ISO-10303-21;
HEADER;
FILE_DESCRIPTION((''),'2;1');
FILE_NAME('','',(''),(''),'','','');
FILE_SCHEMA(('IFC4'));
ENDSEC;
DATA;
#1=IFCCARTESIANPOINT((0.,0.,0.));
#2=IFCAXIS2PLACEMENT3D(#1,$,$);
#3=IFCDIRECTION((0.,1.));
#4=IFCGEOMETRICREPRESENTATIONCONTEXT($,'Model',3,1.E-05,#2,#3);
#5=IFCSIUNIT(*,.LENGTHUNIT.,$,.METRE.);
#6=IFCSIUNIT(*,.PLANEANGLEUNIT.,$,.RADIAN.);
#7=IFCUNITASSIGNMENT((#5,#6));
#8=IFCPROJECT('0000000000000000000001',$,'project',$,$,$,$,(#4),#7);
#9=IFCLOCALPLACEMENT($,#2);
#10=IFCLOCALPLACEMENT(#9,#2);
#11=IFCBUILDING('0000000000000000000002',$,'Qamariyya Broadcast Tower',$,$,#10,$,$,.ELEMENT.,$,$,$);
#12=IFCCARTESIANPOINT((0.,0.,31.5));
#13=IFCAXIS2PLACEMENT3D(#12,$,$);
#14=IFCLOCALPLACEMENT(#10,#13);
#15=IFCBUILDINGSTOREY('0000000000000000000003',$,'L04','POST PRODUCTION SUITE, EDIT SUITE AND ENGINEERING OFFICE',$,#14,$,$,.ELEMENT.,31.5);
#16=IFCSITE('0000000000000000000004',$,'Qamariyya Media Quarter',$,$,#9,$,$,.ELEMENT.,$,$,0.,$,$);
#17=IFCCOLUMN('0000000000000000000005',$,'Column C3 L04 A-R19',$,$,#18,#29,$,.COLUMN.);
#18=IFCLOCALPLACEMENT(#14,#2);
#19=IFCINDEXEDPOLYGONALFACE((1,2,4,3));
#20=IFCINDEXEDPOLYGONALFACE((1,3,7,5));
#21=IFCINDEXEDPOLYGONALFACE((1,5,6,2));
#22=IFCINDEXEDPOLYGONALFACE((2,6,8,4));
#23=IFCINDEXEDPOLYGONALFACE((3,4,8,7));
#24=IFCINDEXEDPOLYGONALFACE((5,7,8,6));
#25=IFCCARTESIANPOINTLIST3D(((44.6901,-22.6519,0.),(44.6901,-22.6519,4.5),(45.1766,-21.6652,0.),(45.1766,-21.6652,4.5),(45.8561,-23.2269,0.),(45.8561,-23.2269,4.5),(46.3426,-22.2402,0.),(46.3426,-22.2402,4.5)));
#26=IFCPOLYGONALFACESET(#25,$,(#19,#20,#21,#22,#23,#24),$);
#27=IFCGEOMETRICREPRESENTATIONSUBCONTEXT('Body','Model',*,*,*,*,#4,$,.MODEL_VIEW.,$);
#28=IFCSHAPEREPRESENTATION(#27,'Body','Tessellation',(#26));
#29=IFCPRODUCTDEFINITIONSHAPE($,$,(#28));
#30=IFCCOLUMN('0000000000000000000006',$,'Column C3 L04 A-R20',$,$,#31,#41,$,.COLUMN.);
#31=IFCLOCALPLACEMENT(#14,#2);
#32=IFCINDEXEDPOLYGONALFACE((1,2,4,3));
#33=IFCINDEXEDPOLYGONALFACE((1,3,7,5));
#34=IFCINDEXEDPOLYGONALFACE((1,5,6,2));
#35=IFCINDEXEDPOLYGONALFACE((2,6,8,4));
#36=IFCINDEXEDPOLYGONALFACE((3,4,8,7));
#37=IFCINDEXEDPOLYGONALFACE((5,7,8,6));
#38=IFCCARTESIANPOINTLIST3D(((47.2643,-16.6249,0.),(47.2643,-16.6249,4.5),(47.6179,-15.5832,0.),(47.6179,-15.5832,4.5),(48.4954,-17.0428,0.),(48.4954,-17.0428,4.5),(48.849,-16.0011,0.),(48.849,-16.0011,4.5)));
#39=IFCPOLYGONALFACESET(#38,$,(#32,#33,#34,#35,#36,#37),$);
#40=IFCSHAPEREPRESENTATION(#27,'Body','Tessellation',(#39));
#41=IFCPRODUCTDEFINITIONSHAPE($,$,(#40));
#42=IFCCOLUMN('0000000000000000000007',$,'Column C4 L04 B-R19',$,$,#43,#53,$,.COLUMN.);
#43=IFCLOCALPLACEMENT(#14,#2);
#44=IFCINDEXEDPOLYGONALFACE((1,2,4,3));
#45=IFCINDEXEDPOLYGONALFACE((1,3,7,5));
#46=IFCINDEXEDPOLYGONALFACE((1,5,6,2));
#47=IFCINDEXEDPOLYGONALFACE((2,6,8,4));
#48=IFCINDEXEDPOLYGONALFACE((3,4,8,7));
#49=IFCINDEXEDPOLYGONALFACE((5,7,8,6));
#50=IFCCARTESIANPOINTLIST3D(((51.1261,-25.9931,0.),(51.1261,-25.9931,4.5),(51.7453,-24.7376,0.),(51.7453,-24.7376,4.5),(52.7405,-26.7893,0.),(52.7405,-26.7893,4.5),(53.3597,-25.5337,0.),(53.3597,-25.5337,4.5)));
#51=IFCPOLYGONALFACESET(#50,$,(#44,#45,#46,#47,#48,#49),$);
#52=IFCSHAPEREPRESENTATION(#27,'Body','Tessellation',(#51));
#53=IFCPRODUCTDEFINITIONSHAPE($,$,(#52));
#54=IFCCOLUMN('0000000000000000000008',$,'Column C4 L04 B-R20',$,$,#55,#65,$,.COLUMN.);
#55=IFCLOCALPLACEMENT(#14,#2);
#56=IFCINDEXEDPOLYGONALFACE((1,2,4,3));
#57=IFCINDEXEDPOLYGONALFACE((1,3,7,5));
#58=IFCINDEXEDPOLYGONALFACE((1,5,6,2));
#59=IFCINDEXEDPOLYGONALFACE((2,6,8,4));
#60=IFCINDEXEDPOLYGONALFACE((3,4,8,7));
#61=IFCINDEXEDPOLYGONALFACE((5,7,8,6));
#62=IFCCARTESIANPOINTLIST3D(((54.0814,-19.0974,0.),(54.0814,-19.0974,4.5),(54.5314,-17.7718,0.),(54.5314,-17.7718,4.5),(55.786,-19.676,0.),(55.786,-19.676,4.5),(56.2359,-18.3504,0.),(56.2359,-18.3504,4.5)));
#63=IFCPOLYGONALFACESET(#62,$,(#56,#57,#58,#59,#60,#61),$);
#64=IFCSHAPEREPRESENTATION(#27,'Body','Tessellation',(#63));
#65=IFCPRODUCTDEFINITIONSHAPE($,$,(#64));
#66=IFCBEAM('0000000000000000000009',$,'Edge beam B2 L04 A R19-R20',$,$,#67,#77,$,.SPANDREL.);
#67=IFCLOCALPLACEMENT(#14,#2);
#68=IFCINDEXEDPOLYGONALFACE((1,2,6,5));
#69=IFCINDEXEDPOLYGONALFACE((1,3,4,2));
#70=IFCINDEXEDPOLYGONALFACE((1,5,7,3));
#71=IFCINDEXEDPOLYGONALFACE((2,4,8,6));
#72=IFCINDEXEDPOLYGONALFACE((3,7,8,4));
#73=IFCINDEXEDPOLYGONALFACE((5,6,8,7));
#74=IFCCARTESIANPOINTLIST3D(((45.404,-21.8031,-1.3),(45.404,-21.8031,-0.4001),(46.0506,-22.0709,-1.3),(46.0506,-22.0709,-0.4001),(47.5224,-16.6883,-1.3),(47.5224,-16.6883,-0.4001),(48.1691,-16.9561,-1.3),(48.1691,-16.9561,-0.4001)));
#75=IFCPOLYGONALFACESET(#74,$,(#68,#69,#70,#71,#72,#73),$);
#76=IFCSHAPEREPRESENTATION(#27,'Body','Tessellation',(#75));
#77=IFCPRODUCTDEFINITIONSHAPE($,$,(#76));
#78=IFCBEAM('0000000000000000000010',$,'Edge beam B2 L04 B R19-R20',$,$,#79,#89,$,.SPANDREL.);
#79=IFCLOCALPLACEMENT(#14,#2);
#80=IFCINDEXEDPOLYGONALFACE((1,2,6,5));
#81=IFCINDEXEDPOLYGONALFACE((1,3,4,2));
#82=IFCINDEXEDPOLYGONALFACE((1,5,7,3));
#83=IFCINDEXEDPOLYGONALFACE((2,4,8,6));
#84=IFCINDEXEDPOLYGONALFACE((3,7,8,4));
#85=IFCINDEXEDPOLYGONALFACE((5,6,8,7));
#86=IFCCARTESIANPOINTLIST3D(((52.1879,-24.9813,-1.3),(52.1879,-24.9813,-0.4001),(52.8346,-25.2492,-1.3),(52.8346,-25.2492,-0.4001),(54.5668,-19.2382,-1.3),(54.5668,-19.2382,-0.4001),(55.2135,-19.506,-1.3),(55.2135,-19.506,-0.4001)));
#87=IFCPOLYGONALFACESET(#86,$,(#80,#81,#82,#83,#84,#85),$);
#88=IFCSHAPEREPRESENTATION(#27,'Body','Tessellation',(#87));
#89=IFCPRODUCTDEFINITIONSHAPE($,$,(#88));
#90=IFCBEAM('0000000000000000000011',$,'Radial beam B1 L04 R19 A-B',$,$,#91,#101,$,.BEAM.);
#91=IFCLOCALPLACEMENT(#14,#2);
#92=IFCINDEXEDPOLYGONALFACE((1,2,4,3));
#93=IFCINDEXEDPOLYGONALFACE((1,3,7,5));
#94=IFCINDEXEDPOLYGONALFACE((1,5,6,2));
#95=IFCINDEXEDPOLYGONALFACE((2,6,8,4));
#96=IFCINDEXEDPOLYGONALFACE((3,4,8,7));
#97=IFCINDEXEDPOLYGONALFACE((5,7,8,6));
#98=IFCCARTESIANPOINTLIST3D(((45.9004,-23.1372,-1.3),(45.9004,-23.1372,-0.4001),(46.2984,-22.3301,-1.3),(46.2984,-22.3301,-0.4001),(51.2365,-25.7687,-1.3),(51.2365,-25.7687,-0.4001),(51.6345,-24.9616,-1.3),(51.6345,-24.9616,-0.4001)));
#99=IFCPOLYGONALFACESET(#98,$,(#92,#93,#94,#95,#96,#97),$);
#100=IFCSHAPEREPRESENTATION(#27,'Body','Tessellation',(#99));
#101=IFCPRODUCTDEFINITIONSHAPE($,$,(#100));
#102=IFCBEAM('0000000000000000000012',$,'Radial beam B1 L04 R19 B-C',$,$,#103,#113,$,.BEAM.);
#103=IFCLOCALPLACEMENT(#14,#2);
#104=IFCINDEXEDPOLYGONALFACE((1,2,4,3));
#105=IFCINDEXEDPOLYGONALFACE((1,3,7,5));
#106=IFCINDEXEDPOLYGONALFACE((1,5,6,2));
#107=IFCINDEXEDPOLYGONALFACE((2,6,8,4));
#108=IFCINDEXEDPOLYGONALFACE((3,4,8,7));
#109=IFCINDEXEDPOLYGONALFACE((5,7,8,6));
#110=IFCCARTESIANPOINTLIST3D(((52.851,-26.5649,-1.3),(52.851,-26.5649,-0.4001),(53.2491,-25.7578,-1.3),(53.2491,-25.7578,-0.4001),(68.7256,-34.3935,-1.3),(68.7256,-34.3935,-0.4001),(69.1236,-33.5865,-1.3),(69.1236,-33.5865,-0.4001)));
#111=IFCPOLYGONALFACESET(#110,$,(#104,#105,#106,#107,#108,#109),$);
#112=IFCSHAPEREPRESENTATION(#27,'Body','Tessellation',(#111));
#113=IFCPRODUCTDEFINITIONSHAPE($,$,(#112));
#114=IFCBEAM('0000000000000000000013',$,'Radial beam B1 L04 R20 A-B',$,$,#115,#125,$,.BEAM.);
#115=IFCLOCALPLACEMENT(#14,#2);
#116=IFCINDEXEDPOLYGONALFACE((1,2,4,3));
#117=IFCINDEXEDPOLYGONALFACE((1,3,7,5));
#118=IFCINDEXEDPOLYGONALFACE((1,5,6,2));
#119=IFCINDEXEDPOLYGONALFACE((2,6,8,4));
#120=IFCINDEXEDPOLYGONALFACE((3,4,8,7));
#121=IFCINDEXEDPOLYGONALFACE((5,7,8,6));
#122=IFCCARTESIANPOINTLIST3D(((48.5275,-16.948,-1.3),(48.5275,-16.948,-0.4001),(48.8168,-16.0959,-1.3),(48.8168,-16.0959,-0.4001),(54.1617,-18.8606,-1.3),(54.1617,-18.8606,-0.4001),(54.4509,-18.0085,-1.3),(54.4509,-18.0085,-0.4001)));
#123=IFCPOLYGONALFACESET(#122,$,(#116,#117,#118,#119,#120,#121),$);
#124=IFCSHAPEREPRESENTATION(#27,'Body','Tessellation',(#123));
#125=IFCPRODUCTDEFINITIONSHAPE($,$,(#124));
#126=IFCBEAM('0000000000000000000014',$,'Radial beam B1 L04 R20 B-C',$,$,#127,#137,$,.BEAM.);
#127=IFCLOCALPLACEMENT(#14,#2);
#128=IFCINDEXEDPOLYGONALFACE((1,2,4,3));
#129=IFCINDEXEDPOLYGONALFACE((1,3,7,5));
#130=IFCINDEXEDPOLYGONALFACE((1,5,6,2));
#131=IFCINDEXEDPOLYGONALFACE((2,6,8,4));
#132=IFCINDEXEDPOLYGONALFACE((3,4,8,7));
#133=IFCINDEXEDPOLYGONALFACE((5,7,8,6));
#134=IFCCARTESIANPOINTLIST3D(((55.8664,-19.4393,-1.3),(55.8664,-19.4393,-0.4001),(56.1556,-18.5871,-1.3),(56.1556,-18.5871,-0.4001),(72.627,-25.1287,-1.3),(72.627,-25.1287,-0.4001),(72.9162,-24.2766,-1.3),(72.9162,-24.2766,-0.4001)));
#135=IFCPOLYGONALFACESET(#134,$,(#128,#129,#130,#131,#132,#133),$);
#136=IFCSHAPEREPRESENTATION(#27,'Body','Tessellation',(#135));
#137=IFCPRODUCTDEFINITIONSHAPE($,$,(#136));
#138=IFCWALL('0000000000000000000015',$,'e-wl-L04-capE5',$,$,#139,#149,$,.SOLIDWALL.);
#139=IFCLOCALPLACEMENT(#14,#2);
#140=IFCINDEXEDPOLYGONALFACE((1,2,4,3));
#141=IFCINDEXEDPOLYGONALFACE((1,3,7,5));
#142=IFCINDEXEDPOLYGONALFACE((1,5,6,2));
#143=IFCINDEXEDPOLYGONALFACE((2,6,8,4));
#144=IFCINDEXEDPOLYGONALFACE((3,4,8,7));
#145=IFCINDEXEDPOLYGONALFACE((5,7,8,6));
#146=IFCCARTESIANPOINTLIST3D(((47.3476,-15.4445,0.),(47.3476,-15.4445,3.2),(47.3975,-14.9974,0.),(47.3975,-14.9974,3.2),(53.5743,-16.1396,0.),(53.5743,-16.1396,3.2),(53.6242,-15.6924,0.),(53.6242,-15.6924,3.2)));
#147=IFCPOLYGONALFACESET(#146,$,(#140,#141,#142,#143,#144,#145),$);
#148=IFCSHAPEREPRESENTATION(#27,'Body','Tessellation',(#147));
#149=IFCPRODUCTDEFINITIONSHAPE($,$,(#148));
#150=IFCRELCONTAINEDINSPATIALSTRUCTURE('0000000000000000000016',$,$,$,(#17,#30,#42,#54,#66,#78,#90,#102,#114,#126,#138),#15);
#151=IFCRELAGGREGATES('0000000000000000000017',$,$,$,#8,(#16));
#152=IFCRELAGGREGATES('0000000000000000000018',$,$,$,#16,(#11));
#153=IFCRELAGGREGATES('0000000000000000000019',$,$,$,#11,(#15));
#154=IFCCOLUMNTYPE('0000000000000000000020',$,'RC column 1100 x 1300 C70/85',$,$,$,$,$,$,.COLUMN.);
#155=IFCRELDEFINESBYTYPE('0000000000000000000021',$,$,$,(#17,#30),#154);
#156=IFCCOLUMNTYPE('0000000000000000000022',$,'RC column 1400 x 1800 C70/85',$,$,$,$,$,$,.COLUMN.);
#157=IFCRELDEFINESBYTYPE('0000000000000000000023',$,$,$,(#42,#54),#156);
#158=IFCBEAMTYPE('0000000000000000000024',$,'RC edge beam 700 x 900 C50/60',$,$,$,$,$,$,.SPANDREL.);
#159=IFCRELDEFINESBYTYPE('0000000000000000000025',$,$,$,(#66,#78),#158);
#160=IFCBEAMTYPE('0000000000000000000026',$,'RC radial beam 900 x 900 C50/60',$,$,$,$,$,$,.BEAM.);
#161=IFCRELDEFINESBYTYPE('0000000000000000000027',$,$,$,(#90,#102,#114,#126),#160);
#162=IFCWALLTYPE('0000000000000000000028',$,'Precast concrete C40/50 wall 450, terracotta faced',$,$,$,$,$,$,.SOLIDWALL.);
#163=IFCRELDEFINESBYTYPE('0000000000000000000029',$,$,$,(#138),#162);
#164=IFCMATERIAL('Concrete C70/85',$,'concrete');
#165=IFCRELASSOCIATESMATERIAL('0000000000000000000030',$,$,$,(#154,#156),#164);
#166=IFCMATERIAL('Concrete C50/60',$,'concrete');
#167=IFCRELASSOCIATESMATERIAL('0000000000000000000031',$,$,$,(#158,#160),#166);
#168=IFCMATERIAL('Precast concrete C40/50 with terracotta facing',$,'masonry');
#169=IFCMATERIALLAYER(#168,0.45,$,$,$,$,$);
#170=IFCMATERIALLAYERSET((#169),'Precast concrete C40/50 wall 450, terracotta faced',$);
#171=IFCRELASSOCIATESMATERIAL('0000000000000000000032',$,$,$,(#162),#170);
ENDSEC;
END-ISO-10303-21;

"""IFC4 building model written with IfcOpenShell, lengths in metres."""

from ifc_helpers import new_model, si_unit, direction, frame, frame_2d, origin, origin_2d, place, context, subcontext, project, spatial, rectangle, extrude, material, layer, layer_set, material_profile, profile_set, type_object, element, save


model = new_model("IFC4")

# Units and contexts
model_context = context("Model", 3, precision=1e-05, world=origin(), true_north=direction((0.0, 1.0)))
body_context = subcontext(model_context, "Body", "Model", "MODEL_VIEW")
ifc_project = project(units=[si_unit("LENGTHUNIT", "METRE"), si_unit("PLANEANGLEUNIT", "RADIAN")], contexts=[model_context])

# Site, building, storey
site_placement = place(None, origin())
site = spatial("IfcSite", under=ifc_project, at=site_placement, Name="Qamariyya Media Quarter", CompositionType="ELEMENT", RefElevation=0.0)
building_placement = place(site_placement, origin())
building = spatial("IfcBuilding", under=site, at=building_placement, Name="Qamariyya Broadcast Tower", CompositionType="ELEMENT")
storey_placement = place(building_placement, frame((0.0, 0.0, 31.5)))
storey = spatial("IfcBuildingStorey", under=building, at=storey_placement, Name="L04", Description="POST PRODUCTION SUITE, EDIT SUITE AND ENGINEERING OFFICE", CompositionType="ELEMENT", Elevation=31.5)

# Columns
ifc_material_1 = material(Name="Concrete C70/85", Category="concrete")
ifc_material_profile_1 = material_profile(ifc_material_1, rectangle(XDim=1.1001, YDim=1.3, at=origin_2d()))
ifc_profile_set_1 = profile_set([ifc_material_profile_1], Name="Concrete C70/85")
column_type_1 = type_object("IfcColumnType", Name="RC column 1100 x 1300 C70/85", PredefinedType="COLUMN", material=ifc_profile_set_1)
for number, where, z_axis, x_axis, name in (
    (1, (45.5164, -22.446, 0.0), (0.0, 0.0, 1.0), (0.442289, 0.896873, 0.0), "Column C3 L04 A-R19"),
    (2, (48.0566, -16.313, 0.0), (0.0, 0.0, 1.0), (0.321439, 0.94693, 0.0), "Column C3 L04 A-R20"),
):
    element("IfcColumn", number, at=place(storey_placement, frame(where, z_axis=z_axis, x_axis=x_axis)), inside=storey, type_object=column_type_1, Name=name, PredefinedType="COLUMN", context=body_context, shape_type="SweptSolid", body=[
        extrude(rectangle(XDim=1.1001, YDim=1.3, at=origin_2d()), origin(), (0.0, 0.0, 1.0), 4.5),
    ])
ifc_material_profile_2 = material_profile(ifc_material_1, rectangle(XDim=1.3999, YDim=1.8, at=origin_2d()))
ifc_profile_set_2 = profile_set([ifc_material_profile_2], Name="Concrete C70/85")
column_type_2 = type_object("IfcColumnType", Name="RC column 1400 x 1800 C70/85", PredefinedType="COLUMN", material=ifc_profile_set_2)
for number, where, z_axis, x_axis, name in (
    (3, (52.2429, -25.7634, 0.0), (0.0, 0.0, 1.0), (0.442289, 0.896873, 0.0), "Column C4 L04 B-R19"),
    (4, (55.1587, -18.7239, 0.0), (0.0, 0.0, 1.0), (0.321439, 0.94693, 0.0), "Column C4 L04 B-R20"),
):
    element("IfcColumn", number, at=place(storey_placement, frame(where, z_axis=z_axis, x_axis=x_axis)), inside=storey, type_object=column_type_2, Name=name, PredefinedType="COLUMN", context=body_context, shape_type="SweptSolid", body=[
        extrude(rectangle(XDim=1.3999, YDim=1.8, at=origin_2d()), origin(), (0.0, 0.0, 1.0), 4.5),
    ])

# Beams
ifc_material_2 = material(Name="Concrete C50/60", Category="concrete")
ifc_material_profile_3 = material_profile(ifc_material_2, rectangle(XDim=0.7, YDim=0.8999, at=origin_2d()))
ifc_profile_set_3 = profile_set([ifc_material_profile_3], Name="Concrete C50/60")
beam_type_1 = type_object("IfcBeamType", Name="RC edge beam 700 x 900 C50/60", PredefinedType="SPANDREL", material=ifc_profile_set_3)
beam_1_placement = place(storey_placement, frame((45.7273, -21.937, -0.8501), z_axis=(0.382654, 0.923892, 0.0), x_axis=(-0.923892, 0.382654, 0.0)))
element("IfcBeam", 5, at=beam_1_placement, inside=storey, type_object=beam_type_1, Name="Edge beam B2 L04 A R19-R20", PredefinedType="SPANDREL", context=body_context, shape_type="SweptSolid", body=[
    extrude(rectangle(XDim=0.7, YDim=0.8999, at=origin_2d()), origin(), (0.0, 0.0, 1.0), 5.5361),
])
beam_2_placement = place(storey_placement, frame((52.5112, -25.1152, -0.8501), z_axis=(0.382685, 0.923879, 0.0), x_axis=(-0.923879, 0.382685, 0.0)))
element("IfcBeam", 6, at=beam_2_placement, inside=storey, type_object=beam_type_1, Name="Edge beam B2 L04 B R19-R20", PredefinedType="SPANDREL", context=body_context, shape_type="SweptSolid", body=[
    extrude(rectangle(XDim=0.7, YDim=0.8999, at=origin_2d()), origin(), (0.0, 0.0, 1.0), 6.2163),
])
ifc_material_profile_4 = material_profile(ifc_material_2, rectangle(XDim=0.8999, YDim=0.8999, at=origin_2d()))
ifc_profile_set_4 = profile_set([ifc_material_profile_4], Name="Concrete C50/60")
beam_type_2 = type_object("IfcBeamType", Name="RC radial beam 900 x 900 C50/60", PredefinedType="BEAM", material=ifc_profile_set_4)
beam_3_placement = place(storey_placement, frame((46.0994, -22.7336, -0.8501), z_axis=(0.896868, -0.442299, 0.0), x_axis=(0.442299, 0.896868, 0.0)))
element("IfcBeam", 7, at=beam_3_placement, inside=storey, type_object=beam_type_2, Name="Radial beam B1 L04 R19 A-B", PredefinedType="BEAM", context=body_context, shape_type="SweptSolid", body=[
    extrude(rectangle(XDim=0.8999, YDim=0.8999, at=origin_2d()), origin(), (0.0, 0.0, 1.0), 5.9497),
])
beam_4_placement = place(storey_placement, frame((53.05, -26.1614, -0.8501), z_axis=(0.896869, -0.442296, 0.0), x_axis=(0.442296, 0.896869, 0.0)))
element("IfcBeam", 8, at=beam_4_placement, inside=storey, type_object=beam_type_2, Name="Radial beam B1 L04 R19 B-C", PredefinedType="BEAM", context=body_context, shape_type="SweptSolid", body=[
    extrude(rectangle(XDim=0.8999, YDim=0.8999, at=origin_2d()), origin(), (0.0, 0.0, 1.0), 17.7),
])
beam_5_placement = place(storey_placement, frame((48.6721, -16.522, -0.8501), z_axis=(0.946929, -0.321442, 0.0), x_axis=(0.321442, 0.946929, 0.0)))
element("IfcBeam", 9, at=beam_5_placement, inside=storey, type_object=beam_type_2, Name="Radial beam B1 L04 R20 A-B", PredefinedType="BEAM", context=body_context, shape_type="SweptSolid", body=[
    extrude(rectangle(XDim=0.8999, YDim=0.8999, at=origin_2d()), origin(), (0.0, 0.0, 1.0), 5.95),
])
beam_6_placement = place(storey_placement, frame((56.011, -19.0132, -0.8501), z_axis=(0.94693, -0.321441, 0.0), x_axis=(0.321441, 0.94693, 0.0)))
element("IfcBeam", 10, at=beam_6_placement, inside=storey, type_object=beam_type_2, Name="Radial beam B1 L04 R20 B-C", PredefinedType="BEAM", context=body_context, shape_type="SweptSolid", body=[
    extrude(rectangle(XDim=0.8999, YDim=0.8999, at=origin_2d()), origin(), (0.0, 0.0, 1.0), 17.7),
])

# Wall
ifc_material_3 = material(Name="Precast concrete C40/50 with terracotta facing", Category="masonry")
ifc_layer = layer(ifc_material_3, 0.45)
ifc_layer_set = layer_set([ifc_layer], Name="Precast concrete C40/50 wall 450, terracotta faced")
wall_type = type_object("IfcWallType", Name="Precast concrete C40/50 wall 450, terracotta faced", PredefinedType="SOLIDWALL", material=ifc_layer_set)
wall_1_placement = place(storey_placement, frame((53.5994, -15.916, 0.0), z_axis=(0.0, 0.0, 1.0), x_axis=(-0.993828, 0.110936, 0.0)))
element("IfcWall", 11, at=wall_1_placement, inside=storey, type_object=wall_type, Name="e-wl-L04-capE5", PredefinedType="SOLIDWALL", context=body_context, shape_type="SweptSolid", body=[
    extrude(rectangle(XDim=6.2654, YDim=0.45, at=frame_2d((3.1328, 0.0))), origin(), (0.0, 0.0, 1.0), 3.2),
])

save(model, "model.ifc")
